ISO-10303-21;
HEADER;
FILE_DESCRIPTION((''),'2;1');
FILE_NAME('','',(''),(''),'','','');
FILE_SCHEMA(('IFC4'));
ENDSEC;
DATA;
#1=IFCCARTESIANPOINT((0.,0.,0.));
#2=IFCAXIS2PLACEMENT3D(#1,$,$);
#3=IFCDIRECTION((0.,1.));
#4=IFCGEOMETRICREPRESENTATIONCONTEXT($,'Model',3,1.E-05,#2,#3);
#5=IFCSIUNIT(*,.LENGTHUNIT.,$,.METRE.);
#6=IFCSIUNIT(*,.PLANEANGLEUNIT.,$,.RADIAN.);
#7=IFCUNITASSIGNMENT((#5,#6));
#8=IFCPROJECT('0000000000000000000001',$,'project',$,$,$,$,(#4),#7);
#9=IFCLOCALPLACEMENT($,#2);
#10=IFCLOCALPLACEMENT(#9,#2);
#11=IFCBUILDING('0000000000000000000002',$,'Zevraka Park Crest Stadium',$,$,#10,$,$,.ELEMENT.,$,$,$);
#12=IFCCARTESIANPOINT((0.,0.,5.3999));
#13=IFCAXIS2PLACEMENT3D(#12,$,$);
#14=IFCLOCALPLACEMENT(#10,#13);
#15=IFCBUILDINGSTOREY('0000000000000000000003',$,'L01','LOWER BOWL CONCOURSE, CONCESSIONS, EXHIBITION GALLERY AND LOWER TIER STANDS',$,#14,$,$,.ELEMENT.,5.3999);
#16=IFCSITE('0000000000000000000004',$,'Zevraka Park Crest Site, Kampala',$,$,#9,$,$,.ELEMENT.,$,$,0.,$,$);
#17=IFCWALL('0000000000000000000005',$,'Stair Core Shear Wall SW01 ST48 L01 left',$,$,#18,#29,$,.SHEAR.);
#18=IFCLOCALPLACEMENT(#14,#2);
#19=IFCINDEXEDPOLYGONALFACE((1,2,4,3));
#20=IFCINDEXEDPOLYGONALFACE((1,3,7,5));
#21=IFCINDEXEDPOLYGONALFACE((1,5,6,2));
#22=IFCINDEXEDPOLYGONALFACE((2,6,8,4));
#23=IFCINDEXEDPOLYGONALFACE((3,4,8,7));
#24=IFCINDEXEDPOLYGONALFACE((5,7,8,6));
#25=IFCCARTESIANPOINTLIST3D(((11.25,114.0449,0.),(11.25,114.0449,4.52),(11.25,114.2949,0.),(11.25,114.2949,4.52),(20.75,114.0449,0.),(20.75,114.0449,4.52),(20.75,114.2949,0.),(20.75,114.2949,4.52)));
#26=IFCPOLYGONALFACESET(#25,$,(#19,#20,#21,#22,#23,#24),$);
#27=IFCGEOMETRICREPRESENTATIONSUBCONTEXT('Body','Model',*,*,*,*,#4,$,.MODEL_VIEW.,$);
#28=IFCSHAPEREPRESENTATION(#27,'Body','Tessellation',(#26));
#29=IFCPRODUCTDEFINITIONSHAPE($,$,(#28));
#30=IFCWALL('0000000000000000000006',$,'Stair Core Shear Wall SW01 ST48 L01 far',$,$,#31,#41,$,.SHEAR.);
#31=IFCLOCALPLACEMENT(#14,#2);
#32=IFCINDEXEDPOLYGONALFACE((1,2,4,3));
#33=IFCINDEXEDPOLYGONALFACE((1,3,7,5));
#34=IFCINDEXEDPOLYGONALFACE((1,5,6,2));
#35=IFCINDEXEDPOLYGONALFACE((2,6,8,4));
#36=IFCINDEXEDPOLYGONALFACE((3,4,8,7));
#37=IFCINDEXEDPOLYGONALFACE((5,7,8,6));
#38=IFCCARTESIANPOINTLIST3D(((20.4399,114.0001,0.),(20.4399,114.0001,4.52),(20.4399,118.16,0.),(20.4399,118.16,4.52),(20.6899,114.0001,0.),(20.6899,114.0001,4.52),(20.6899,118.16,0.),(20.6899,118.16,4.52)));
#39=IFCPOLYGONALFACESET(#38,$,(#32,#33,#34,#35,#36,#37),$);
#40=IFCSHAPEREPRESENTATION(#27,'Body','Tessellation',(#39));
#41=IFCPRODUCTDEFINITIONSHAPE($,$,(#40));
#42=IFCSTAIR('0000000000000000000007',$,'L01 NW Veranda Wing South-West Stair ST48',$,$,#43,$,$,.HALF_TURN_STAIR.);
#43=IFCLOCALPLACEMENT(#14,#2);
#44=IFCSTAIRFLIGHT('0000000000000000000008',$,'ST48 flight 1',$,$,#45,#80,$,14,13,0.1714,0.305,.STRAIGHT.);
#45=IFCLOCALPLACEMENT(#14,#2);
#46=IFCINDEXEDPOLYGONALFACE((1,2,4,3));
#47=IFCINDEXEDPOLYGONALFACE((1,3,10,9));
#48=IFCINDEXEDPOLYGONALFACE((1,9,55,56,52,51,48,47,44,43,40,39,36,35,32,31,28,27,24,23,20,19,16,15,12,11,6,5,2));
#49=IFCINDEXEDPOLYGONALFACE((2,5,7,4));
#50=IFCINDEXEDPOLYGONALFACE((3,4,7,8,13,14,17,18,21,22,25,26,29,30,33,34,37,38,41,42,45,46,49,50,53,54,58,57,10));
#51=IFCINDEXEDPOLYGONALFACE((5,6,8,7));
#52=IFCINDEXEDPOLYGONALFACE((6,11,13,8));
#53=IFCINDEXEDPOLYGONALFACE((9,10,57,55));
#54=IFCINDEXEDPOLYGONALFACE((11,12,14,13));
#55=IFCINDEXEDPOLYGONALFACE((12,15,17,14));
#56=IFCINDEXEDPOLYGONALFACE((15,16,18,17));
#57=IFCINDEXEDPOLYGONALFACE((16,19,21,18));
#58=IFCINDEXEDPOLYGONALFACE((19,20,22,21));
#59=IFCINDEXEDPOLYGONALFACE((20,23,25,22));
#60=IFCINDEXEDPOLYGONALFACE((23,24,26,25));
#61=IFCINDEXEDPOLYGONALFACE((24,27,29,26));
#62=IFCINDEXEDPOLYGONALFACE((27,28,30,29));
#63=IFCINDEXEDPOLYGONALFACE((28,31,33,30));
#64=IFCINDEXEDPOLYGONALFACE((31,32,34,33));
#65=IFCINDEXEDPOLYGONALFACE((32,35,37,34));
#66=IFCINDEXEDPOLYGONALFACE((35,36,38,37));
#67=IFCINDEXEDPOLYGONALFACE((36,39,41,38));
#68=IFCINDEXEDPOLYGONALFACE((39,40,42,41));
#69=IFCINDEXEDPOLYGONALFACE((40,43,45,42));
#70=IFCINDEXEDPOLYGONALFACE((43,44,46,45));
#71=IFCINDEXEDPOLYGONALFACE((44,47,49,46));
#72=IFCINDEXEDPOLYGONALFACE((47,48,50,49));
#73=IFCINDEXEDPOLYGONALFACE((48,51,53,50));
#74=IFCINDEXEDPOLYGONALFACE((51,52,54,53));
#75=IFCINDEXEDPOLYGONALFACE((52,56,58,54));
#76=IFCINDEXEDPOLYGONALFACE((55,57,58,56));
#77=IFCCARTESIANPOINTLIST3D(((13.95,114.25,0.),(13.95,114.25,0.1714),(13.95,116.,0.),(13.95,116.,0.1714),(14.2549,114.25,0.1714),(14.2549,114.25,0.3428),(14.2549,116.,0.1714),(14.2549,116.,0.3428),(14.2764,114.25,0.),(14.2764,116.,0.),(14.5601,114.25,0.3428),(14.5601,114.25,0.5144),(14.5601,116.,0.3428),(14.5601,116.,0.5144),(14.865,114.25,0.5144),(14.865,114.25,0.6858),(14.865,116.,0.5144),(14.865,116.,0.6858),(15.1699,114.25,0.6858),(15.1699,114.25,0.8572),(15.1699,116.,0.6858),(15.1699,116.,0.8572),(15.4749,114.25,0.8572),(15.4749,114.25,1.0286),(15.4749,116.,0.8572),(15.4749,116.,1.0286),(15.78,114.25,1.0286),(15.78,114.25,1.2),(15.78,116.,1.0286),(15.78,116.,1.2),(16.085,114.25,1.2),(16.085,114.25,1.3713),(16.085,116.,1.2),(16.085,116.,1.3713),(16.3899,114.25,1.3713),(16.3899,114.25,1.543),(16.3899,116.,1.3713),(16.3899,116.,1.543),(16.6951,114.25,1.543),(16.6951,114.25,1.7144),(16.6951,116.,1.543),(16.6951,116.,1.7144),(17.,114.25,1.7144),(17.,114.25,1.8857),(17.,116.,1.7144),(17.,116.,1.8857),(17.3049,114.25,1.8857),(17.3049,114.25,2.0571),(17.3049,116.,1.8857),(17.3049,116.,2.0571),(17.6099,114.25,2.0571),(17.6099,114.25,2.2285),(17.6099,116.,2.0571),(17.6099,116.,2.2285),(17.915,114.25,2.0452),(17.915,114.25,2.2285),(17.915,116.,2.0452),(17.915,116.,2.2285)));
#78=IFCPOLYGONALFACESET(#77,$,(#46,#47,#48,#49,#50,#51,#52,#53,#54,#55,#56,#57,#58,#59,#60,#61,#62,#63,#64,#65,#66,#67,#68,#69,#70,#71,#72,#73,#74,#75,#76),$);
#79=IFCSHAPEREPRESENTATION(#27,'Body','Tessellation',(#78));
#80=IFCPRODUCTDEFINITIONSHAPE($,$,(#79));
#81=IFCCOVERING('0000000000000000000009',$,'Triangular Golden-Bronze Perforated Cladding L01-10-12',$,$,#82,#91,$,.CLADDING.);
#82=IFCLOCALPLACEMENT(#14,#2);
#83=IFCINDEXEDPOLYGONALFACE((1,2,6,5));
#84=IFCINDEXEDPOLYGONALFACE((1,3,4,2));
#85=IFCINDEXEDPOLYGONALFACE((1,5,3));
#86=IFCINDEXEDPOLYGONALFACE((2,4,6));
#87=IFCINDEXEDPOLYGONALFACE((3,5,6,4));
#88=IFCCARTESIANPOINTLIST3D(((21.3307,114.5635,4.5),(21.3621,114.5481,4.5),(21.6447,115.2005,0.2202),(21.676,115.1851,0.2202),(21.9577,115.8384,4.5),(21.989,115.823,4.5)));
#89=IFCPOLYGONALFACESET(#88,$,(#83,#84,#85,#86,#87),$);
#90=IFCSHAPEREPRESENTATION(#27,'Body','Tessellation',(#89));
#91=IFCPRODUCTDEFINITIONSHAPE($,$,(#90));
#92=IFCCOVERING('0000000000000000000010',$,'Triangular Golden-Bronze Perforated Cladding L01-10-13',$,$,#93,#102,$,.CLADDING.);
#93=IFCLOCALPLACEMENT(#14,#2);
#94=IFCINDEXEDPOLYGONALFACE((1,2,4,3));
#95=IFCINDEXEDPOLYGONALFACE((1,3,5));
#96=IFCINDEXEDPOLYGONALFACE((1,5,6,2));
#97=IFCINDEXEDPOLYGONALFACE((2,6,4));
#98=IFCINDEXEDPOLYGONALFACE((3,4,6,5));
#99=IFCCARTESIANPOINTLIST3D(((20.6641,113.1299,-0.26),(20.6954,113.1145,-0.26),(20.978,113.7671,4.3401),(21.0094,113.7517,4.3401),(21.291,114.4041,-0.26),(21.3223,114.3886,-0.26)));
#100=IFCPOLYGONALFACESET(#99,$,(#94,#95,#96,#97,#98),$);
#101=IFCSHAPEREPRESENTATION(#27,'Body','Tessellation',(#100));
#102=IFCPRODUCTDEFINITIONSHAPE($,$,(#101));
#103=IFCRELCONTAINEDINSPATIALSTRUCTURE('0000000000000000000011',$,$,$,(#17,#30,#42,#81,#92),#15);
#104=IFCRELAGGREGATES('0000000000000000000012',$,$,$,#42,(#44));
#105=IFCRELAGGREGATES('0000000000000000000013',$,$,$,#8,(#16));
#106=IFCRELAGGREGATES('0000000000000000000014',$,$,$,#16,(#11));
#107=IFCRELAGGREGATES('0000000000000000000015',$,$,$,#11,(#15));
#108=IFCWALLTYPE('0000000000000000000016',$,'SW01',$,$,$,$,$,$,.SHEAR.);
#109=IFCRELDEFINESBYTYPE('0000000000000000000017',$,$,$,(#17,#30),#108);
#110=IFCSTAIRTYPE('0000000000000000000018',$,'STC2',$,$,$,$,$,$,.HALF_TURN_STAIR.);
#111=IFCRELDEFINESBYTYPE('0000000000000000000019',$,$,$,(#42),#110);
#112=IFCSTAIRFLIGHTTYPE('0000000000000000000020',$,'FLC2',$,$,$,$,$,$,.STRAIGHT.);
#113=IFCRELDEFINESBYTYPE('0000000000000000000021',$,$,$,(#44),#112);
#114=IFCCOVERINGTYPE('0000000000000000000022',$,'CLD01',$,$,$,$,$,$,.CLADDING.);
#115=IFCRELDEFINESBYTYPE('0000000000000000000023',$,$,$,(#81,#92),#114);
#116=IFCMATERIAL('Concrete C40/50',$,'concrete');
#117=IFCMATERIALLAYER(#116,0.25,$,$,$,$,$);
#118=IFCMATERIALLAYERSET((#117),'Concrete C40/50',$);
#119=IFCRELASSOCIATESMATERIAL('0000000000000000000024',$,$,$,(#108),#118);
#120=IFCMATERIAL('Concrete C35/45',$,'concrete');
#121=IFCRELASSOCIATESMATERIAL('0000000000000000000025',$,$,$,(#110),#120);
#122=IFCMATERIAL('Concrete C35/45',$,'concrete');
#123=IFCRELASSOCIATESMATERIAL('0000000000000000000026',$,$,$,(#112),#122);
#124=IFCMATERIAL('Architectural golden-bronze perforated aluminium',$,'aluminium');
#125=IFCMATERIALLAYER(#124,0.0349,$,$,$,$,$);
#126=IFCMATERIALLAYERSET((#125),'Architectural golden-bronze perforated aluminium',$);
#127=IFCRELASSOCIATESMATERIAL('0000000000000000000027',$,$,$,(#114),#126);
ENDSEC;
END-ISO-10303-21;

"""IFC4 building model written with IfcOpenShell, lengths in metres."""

from ifc_helpers import new_model, si_unit, direction, frame, frame_2d, origin, place, context, subcontext, project, spatial, polyline, rectangle, outline, extrude, material, layer, layer_set, type_object, element, aggregate, save


model = new_model("IFC4")

# Units and contexts
model_context = context("Model", 3, precision=1e-05, world=origin(), true_north=direction((0.0, 1.0)))
body_context = subcontext(model_context, "Body", "Model", "MODEL_VIEW")
ifc_project = project(units=[si_unit("LENGTHUNIT", "METRE"), si_unit("PLANEANGLEUNIT", "RADIAN")], contexts=[model_context])

# Site, building, storey
site_placement = place(None, origin())
site = spatial("IfcSite", under=ifc_project, at=site_placement, Name="Zevraka Park Crest Site, Kampala", CompositionType="ELEMENT", RefElevation=0.0)
building_placement = place(site_placement, origin())
building = spatial("IfcBuilding", under=site, at=building_placement, Name="Zevraka Park Crest Stadium", CompositionType="ELEMENT")
storey_placement = place(building_placement, frame((0.0, 0.0, 5.3999)))
storey = spatial("IfcBuildingStorey", under=building, at=storey_placement, Name="L01", Description="LOWER BOWL CONCOURSE, CONCESSIONS, EXHIBITION GALLERY AND LOWER TIER STANDS", CompositionType="ELEMENT", Elevation=5.3999)

# Walls
ifc_material_1 = material(Name="Concrete C40/50", Category="concrete")
ifc_layer_1 = layer(ifc_material_1, 0.25)
ifc_layer_set_1 = layer_set([ifc_layer_1], Name="Concrete C40/50")
wall_type = type_object("IfcWallType", Name="SW01", PredefinedType="SHEAR", material=ifc_layer_set_1)
wall_1_placement = place(storey_placement, frame((11.25, 114.1699, 0.0), z_axis=(0.0, 0.0, 1.0), x_axis=(1.0, 0.0, 0.0)))
element("IfcWall", 1, at=wall_1_placement, inside=storey, type_object=wall_type, Name="Stair Core Shear Wall SW01 ST48 L01 left", PredefinedType="SHEAR", context=body_context, shape_type="SweptSolid", body=[
    extrude(rectangle(XDim=9.5, YDim=0.25, at=frame_2d((4.75, 0.0))), origin(), (0.0, 0.0, 1.0), 4.52),
])
wall_2_placement = place(storey_placement, frame((20.5649, 114.0, 0.0), z_axis=(0.0, 0.0, 1.0), x_axis=(0.0, 1.0, 0.0)))
element("IfcWall", 2, at=wall_2_placement, inside=storey, type_object=wall_type, Name="Stair Core Shear Wall SW01 ST48 L01 far", PredefinedType="SHEAR", context=body_context, shape_type="SweptSolid", body=[
    extrude(rectangle(XDim=4.1599, YDim=0.25, at=frame_2d((2.0801, 0.0))), origin(), (0.0, 0.0, 1.0), 4.52),
])

# Stair, stair flight
ifc_material_2 = material(Name="Concrete C35/45", Category="concrete")
stair_type = type_object("IfcStairType", Name="STC2", PredefinedType="HALF_TURN_STAIR", material=ifc_material_2)
stair_placement = place(storey_placement, origin())
stair = element("IfcStair", 3, at=stair_placement, inside=storey, type_object=stair_type, Name="L01 NW Veranda Wing South-West Stair ST48", PredefinedType="HALF_TURN_STAIR")
ifc_material_3 = material(Name="Concrete C35/45", Category="concrete")
stair_flight_type = type_object("IfcStairFlightType", Name="FLC2", PredefinedType="STRAIGHT", material=ifc_material_3)
stair_flight_placement = place(storey_placement, frame((13.95, 115.125, 0.0), z_axis=(0.0, 0.0, 1.0), x_axis=(1.0, 0.0, 0.0)))
stair_flight = element("IfcStairFlight", 4, at=stair_flight_placement, type_object=stair_flight_type, Name="ST48 flight 1", NumberOfRisers=14, NumberOfTreads=13, PredefinedType="STRAIGHT", RiserHeight=0.1714, TreadLength=0.305, context=body_context, shape_type="SweptSolid", body=[
    extrude(outline(polyline([(0.0, 0.0), (0.0, 0.1714), (0.3049, 0.1714), (0.3049, 0.3428), (0.6101, 0.3428), (0.6101, 0.5144), (0.915, 0.5144), (0.915, 0.6858), (1.22, 0.6858), (1.22, 0.8572), (1.5249, 0.8572), (1.5249, 1.0286), (1.8301, 1.0286), (1.8301, 1.2), (2.135, 1.2), (2.135, 1.3713), (2.4399, 1.3713), (2.4399, 1.543), (2.7451, 1.543), (2.7451, 1.7144), (3.05, 1.7144), (3.05, 1.8857), (3.355, 1.8857), (3.355, 2.0571), (3.6599, 2.0571), (3.6599, 2.2285), (3.9651, 2.2285), (3.9651, 2.3999), (3.9651, 2.0452), (0.3264, 0.0), (0.0, 0.0)])), frame((0.0, 0.875, 0.0), z_axis=(0.0, -1.0, 0.0), x_axis=(1.0, 0.0, 0.0)), (0.0, 0.0, 1.0), 1.75),
])
aggregate(stair, [stair_flight])

# Coverings
ifc_material_4 = material(Name="Architectural golden-bronze perforated aluminium", Category="aluminium")
ifc_layer_2 = layer(ifc_material_4, 0.0349)
ifc_layer_set_2 = layer_set([ifc_layer_2], Name="Architectural golden-bronze perforated aluminium")
covering_type = type_object("IfcCoveringType", Name="CLD01", PredefinedType="CLADDING", material=ifc_layer_set_2)
covering_1_placement = place(storey_placement, frame((21.3621, 114.5481, 4.5), z_axis=(0.897363, -0.441292, 0.000153), x_axis=(0.441292, 0.897363, 0.0)))
element("IfcCovering", 5, at=covering_1_placement, inside=storey, type_object=covering_type, Name="Triangular Golden-Bronze Perforated Cladding L01-10-12", PredefinedType="CLADDING", context=body_context, shape_type="SweptSolid", body=[
    extrude(outline(polyline([(0.0, 0.0), (1.4207, 0.0), (0.7101, -4.2798), (0.0, 0.0)])), origin(), (0.0, 0.0, -1.0), 0.0349),
])
covering_2_placement = place(storey_placement, frame((21.291, 114.4041, -0.26), z_axis=(-0.897263, 0.441497, 0.000084), x_axis=(-0.441497, -0.897263, 0.0)))
element("IfcCovering", 6, at=covering_2_placement, inside=storey, type_object=covering_type, Name="Triangular Golden-Bronze Perforated Cladding L01-10-13", PredefinedType="CLADDING", context=body_context, shape_type="SweptSolid", body=[
    extrude(outline(polyline([(0.0, 0.0), (1.4201, 0.0), (0.7097, 4.6001), (0.0, 0.0)])), origin(), (0.0, 0.0, -1.0), 0.0349),
])

save(model, "model.ifc")
